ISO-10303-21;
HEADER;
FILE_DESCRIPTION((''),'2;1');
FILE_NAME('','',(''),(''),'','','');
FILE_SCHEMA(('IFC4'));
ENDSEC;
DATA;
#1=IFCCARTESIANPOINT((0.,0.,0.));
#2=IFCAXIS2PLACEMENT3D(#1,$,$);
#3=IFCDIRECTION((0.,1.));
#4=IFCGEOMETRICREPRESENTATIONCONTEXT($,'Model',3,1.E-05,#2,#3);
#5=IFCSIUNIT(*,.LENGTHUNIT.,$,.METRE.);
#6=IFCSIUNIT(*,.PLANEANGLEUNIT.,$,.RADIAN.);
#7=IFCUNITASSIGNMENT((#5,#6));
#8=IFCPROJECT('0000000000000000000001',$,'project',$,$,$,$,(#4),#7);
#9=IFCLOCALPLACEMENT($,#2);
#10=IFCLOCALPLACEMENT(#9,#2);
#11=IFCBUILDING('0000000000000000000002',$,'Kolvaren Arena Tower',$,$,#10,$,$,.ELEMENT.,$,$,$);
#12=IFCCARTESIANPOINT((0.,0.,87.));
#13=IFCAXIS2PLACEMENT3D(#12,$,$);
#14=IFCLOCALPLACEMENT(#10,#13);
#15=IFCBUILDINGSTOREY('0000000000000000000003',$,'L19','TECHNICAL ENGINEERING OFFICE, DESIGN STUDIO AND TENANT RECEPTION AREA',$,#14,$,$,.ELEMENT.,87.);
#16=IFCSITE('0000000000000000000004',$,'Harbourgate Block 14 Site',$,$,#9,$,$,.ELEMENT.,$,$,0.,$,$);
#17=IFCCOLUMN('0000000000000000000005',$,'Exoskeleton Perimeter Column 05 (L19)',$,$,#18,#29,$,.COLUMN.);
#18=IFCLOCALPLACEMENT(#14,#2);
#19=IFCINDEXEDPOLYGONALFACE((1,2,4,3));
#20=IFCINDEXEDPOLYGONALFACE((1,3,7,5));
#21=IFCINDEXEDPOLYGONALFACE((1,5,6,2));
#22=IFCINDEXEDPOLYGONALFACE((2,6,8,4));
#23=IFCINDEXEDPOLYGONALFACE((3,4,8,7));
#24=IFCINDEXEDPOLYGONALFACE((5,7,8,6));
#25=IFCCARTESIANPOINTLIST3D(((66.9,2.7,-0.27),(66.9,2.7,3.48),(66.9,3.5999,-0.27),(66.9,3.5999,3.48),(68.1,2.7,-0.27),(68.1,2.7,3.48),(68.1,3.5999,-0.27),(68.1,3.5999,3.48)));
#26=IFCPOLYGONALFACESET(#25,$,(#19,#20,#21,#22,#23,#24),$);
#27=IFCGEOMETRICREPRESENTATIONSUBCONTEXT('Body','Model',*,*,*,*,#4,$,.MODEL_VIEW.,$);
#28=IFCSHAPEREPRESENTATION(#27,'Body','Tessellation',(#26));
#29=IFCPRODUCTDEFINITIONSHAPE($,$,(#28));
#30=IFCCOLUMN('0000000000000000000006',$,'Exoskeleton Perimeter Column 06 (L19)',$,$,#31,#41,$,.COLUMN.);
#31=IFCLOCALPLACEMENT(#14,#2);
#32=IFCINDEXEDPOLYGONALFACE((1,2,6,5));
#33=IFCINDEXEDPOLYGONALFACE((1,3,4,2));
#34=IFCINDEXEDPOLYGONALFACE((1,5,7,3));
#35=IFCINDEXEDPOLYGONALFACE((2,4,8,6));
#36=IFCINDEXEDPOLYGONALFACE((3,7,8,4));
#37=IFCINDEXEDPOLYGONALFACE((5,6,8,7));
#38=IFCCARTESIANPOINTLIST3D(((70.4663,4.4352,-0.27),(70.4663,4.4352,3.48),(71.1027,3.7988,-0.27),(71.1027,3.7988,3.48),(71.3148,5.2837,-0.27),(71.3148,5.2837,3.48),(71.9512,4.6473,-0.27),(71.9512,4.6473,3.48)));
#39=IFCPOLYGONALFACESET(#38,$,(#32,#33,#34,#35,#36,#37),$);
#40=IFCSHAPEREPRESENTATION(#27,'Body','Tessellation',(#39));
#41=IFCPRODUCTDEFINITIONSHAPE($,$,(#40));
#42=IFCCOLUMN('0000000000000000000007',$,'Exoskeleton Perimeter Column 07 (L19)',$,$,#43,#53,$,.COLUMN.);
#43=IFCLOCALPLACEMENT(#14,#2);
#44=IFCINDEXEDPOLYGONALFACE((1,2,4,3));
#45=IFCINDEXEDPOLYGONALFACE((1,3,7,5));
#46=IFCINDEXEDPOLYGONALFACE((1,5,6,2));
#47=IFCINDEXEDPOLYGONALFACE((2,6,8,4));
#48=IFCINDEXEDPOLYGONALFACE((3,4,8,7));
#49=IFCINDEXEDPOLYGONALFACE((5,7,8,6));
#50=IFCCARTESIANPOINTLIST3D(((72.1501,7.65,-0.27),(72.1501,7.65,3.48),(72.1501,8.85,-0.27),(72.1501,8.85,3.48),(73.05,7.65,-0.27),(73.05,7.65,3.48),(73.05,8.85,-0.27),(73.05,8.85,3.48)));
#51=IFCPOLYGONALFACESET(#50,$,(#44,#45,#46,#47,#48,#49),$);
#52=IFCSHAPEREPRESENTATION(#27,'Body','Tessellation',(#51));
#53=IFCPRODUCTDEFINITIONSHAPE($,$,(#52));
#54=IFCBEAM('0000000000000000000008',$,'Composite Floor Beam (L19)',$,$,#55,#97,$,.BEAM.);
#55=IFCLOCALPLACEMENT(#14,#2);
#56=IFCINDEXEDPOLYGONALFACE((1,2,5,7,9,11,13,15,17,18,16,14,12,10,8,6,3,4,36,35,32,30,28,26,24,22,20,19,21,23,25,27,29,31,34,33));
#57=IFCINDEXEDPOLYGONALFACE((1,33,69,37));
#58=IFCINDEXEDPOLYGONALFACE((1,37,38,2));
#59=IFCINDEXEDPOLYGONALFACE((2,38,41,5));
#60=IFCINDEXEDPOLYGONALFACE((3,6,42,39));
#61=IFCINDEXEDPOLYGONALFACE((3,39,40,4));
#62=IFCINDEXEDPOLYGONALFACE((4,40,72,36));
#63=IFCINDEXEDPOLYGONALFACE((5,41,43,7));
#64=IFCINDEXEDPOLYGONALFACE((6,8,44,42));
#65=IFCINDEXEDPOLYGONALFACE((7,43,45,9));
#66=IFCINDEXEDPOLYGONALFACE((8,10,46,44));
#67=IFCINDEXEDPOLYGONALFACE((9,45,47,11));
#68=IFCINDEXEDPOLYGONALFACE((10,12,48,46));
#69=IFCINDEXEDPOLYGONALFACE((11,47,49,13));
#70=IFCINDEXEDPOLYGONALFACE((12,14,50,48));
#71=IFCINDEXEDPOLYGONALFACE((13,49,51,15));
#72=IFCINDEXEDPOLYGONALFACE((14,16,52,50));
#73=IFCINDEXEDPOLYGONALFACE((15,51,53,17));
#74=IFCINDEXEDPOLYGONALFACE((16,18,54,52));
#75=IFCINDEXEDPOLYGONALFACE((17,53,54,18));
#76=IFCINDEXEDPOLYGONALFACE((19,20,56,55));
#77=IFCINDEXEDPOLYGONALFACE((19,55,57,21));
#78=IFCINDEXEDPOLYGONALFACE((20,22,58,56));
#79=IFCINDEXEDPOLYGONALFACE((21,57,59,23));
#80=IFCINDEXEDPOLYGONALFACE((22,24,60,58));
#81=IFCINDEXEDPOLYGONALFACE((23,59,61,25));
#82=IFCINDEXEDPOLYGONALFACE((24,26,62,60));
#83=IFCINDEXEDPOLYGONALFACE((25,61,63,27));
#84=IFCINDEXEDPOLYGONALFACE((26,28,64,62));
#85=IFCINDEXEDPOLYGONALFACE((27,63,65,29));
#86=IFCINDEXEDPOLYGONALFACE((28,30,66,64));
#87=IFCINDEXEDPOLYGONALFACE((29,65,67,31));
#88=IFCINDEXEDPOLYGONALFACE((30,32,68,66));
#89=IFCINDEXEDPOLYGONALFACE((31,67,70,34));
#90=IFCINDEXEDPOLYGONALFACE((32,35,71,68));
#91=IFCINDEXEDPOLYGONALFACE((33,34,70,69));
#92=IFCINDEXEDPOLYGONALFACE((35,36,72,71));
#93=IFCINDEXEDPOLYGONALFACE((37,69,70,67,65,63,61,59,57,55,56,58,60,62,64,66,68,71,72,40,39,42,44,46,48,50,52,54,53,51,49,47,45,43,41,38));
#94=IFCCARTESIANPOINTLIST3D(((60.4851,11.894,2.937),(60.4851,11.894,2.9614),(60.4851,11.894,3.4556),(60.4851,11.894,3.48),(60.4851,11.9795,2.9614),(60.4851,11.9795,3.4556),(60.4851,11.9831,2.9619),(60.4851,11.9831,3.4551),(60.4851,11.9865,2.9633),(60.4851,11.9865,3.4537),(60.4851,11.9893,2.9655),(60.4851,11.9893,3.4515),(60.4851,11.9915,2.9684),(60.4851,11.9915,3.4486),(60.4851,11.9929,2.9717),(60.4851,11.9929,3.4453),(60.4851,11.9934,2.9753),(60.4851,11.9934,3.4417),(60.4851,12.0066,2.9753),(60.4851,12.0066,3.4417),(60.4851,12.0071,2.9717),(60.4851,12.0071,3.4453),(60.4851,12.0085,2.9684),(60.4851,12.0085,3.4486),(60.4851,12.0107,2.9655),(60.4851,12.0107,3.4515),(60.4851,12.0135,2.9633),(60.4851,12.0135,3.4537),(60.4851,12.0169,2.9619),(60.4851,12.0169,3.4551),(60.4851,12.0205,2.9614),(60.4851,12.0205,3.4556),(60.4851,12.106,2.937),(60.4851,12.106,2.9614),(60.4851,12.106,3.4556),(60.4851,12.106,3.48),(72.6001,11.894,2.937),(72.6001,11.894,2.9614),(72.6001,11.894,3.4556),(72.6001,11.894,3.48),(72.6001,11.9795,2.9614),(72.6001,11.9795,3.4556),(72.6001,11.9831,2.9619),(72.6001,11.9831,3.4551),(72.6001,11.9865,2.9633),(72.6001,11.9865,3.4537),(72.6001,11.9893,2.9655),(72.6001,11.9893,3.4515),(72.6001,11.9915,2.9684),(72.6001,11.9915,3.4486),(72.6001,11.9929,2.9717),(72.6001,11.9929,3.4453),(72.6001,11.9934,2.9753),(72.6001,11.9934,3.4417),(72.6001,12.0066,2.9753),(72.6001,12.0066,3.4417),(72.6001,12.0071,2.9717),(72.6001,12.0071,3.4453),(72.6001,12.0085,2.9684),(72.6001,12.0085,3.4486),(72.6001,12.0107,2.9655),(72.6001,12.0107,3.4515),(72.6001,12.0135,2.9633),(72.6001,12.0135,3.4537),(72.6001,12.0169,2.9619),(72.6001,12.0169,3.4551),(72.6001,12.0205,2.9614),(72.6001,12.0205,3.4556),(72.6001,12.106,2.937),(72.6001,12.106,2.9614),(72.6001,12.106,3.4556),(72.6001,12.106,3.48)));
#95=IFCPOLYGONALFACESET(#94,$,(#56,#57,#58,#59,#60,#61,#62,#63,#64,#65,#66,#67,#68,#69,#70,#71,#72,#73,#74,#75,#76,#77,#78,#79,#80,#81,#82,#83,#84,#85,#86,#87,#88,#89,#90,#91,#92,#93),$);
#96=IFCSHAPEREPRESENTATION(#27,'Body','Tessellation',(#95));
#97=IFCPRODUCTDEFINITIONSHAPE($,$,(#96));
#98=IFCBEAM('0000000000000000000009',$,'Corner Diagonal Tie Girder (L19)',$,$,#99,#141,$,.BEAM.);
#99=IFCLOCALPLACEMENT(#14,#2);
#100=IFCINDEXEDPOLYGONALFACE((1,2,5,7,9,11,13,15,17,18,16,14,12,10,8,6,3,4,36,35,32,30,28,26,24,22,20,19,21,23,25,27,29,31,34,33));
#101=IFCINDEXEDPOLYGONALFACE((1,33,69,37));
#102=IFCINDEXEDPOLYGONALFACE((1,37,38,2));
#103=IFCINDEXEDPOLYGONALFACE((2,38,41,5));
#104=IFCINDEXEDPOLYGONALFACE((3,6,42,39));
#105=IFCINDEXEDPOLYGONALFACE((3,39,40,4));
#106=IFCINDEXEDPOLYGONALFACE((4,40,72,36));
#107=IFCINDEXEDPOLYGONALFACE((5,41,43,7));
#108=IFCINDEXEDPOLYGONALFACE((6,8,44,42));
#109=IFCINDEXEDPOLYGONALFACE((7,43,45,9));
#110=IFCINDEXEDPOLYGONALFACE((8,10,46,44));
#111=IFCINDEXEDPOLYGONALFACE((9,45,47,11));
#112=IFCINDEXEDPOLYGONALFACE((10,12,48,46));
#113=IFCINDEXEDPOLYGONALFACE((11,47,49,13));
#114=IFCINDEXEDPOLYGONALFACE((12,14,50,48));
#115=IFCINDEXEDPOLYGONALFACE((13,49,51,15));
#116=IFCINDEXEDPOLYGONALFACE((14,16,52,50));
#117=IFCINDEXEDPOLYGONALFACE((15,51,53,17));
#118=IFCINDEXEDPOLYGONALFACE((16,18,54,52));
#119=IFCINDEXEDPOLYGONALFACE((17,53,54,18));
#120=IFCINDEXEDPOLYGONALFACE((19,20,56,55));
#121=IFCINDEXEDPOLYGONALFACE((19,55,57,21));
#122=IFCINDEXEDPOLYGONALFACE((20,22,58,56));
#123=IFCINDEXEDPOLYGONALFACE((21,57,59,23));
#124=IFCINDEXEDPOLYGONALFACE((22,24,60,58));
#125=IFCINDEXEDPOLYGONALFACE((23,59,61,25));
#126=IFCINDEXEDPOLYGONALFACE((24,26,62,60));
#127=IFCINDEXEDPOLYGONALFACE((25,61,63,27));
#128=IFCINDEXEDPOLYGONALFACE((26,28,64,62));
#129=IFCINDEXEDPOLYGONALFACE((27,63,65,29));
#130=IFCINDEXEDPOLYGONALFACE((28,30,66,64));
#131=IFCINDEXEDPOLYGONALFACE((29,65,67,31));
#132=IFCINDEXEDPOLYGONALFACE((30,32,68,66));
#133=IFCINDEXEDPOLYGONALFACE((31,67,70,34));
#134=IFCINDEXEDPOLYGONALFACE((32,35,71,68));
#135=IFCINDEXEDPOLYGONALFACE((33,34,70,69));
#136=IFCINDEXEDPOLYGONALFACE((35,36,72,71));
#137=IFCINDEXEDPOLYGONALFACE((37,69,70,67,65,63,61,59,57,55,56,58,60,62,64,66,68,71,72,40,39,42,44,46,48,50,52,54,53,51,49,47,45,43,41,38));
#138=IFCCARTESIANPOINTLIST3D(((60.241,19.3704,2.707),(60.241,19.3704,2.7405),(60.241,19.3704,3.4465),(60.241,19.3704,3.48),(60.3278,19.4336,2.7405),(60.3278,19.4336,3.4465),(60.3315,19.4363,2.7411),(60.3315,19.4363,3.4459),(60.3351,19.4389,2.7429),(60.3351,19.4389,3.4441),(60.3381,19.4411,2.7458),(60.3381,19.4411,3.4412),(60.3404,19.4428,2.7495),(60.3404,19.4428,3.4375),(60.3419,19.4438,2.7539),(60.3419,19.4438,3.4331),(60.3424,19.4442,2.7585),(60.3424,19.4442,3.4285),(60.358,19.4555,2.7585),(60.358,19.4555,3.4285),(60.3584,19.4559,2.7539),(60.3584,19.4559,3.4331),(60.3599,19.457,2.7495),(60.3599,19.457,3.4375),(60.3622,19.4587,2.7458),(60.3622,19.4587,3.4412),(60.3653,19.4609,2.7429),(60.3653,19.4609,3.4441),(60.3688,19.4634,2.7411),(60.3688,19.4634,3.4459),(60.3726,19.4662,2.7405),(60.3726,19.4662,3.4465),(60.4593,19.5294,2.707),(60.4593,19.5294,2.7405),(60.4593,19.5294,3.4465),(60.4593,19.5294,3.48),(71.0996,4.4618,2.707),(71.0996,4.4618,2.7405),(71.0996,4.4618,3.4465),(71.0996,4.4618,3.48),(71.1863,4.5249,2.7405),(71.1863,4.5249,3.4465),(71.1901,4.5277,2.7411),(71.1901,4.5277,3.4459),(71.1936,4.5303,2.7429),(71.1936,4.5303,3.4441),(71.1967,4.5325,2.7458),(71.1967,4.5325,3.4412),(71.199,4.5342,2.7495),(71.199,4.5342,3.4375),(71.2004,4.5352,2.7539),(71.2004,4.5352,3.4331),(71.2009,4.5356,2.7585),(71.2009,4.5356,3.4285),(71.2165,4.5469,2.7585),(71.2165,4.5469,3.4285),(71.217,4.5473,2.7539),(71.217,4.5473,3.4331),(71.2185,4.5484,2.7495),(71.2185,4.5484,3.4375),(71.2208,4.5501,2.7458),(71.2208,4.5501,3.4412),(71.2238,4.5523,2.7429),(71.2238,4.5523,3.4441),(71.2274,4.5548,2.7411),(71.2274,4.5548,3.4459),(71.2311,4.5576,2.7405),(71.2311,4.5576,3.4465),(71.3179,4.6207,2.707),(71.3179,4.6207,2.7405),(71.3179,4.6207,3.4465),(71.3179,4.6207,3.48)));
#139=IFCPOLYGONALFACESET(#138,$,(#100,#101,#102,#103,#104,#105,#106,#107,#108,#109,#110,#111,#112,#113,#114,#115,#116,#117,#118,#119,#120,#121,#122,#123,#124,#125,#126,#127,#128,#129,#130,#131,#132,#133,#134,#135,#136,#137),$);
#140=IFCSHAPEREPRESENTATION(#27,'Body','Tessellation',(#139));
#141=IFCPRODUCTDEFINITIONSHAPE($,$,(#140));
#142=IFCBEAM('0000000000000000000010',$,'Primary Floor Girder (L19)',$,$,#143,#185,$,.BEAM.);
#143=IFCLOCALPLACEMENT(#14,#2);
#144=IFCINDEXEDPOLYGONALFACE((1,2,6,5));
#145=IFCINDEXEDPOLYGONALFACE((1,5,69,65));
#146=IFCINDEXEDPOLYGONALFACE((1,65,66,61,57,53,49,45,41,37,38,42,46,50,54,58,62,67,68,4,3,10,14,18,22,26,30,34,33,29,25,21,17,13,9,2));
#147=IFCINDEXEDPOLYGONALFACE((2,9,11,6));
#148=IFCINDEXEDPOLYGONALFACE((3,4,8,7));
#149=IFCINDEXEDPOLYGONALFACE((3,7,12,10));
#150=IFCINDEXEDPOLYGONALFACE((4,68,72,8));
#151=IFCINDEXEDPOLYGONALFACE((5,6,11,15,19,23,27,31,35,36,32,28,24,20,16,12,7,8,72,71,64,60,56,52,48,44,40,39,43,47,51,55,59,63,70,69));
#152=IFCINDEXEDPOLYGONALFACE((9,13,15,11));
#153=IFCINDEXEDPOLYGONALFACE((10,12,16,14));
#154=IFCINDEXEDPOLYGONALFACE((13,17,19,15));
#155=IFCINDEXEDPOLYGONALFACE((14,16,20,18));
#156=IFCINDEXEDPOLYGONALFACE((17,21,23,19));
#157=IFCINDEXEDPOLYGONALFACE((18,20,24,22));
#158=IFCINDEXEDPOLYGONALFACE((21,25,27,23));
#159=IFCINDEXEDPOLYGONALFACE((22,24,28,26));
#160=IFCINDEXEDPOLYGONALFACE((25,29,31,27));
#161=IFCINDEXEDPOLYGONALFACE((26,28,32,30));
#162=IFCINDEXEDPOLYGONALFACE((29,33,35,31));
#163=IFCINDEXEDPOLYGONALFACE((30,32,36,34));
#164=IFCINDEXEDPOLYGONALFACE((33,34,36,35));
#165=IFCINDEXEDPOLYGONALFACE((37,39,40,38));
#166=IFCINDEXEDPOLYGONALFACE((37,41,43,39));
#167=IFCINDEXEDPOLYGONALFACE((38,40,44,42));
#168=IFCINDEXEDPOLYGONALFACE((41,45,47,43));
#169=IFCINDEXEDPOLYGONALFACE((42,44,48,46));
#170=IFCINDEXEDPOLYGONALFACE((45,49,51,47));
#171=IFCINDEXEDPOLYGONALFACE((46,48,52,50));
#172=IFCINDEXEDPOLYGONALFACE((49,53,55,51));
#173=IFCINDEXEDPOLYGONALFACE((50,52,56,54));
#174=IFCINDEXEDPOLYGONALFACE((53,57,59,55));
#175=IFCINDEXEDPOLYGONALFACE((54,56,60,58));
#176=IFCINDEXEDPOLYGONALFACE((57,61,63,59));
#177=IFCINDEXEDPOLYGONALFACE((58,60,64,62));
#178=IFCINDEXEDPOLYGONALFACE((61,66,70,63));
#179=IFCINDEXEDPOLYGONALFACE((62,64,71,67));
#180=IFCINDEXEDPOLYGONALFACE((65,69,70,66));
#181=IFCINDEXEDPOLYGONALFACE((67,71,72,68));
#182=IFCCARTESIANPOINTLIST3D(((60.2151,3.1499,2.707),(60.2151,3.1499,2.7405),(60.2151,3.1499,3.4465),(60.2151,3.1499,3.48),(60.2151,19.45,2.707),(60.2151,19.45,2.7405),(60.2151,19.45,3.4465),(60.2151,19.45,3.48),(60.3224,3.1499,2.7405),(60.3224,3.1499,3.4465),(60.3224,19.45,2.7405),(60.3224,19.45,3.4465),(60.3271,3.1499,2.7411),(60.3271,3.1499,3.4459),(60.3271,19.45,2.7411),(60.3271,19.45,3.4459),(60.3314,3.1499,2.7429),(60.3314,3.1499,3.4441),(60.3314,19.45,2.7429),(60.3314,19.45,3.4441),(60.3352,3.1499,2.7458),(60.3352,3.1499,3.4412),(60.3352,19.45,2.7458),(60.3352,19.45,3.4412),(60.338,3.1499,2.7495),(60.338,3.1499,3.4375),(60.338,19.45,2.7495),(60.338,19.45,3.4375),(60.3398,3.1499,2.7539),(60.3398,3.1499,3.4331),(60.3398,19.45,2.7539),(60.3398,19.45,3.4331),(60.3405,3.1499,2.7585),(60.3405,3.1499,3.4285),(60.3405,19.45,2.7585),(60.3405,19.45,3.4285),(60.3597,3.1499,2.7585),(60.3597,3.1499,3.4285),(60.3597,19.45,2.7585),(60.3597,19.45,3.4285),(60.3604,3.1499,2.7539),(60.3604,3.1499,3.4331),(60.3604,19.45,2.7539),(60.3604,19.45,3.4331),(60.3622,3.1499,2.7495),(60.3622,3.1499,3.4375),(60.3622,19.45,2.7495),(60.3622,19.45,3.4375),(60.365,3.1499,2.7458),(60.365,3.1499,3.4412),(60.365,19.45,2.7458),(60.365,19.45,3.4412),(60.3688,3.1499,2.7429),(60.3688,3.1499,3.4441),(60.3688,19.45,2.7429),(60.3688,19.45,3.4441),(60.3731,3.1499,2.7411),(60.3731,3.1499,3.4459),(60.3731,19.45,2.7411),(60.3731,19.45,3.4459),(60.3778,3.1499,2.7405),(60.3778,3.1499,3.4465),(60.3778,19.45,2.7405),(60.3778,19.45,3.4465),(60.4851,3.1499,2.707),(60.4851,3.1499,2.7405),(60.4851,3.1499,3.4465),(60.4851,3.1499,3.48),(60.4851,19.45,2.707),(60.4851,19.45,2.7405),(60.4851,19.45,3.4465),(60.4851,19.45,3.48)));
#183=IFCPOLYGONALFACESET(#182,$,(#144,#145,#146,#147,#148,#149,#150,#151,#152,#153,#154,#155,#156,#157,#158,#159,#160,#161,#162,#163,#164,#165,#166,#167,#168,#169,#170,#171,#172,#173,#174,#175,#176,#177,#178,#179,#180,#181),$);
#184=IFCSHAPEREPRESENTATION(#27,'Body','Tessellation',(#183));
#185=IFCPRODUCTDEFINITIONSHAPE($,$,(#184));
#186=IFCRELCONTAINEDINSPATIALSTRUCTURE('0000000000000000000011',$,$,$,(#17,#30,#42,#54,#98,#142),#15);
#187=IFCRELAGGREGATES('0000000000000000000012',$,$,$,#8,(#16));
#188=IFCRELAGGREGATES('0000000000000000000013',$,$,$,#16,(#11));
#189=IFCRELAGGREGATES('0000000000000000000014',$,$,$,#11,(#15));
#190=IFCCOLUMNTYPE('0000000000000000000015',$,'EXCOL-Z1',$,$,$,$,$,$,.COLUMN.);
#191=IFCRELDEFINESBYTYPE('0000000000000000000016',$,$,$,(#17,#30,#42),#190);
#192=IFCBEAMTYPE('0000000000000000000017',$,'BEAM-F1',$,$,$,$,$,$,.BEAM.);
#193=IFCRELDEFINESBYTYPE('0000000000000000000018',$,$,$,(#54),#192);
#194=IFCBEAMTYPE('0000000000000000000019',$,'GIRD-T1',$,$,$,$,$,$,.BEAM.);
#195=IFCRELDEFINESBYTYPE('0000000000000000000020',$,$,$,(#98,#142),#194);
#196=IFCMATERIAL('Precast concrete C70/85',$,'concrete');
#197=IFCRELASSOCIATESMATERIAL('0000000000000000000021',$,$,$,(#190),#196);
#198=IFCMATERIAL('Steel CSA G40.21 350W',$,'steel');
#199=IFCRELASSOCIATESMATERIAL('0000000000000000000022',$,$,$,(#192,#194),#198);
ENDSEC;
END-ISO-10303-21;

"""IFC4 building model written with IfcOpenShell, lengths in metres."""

from ifc_helpers import new_model, si_unit, direction, frame, origin, origin_2d, place, context, subcontext, project, spatial, rectangle, i_section, extrude, material, material_profile, profile_set, type_object, element, save


model = new_model("IFC4")

# Units and contexts
model_context = context("Model", 3, precision=1e-05, world=origin(), true_north=direction((0.0, 1.0)))
body_context = subcontext(model_context, "Body", "Model", "MODEL_VIEW")
ifc_project = project(units=[si_unit("LENGTHUNIT", "METRE"), si_unit("PLANEANGLEUNIT", "RADIAN")], contexts=[model_context])

# Site, building, storey
site_placement = place(None, origin())
site = spatial("IfcSite", under=ifc_project, at=site_placement, Name="Harbourgate Block 14 Site", CompositionType="ELEMENT", RefElevation=0.0)
building_placement = place(site_placement, origin())
building = spatial("IfcBuilding", under=site, at=building_placement, Name="Kolvaren Arena Tower", CompositionType="ELEMENT")
storey_placement = place(building_placement, frame((0.0, 0.0, 87.0)))
storey = spatial("IfcBuildingStorey", under=building, at=storey_placement, Name="L19", Description="TECHNICAL ENGINEERING OFFICE, DESIGN STUDIO AND TENANT RECEPTION AREA", CompositionType="ELEMENT", Elevation=87.0)

# Columns
ifc_material_1 = material(Name="Precast concrete C70/85", Category="concrete")
ifc_material_profile_1 = material_profile(ifc_material_1, rectangle(XDim=1.2, YDim=0.8999, at=origin_2d()), Name="RC-1200x900")
ifc_profile_set_1 = profile_set([ifc_material_profile_1], Name="Precast concrete C70/85")
column_type = type_object("IfcColumnType", Name="EXCOL-Z1", PredefinedType="COLUMN", material=ifc_profile_set_1)
for number, where, z_axis, x_axis, name in (
    (1, (67.5, 3.1499, -0.27), (0.0, 0.0, 1.0), (1.0, 0.0, 0.0), "Exoskeleton Perimeter Column 05 (L19)"),
    (2, (71.2087, 4.5413, -0.27), (0.0, 0.0, 1.0), (0.707107, 0.707107, 0.0), "Exoskeleton Perimeter Column 06 (L19)"),
    (3, (72.6001, 8.25, -0.27), (0.0, 0.0, 1.0), (0.0, 1.0, 0.0), "Exoskeleton Perimeter Column 07 (L19)"),
):
    element("IfcColumn", number, at=place(storey_placement, frame(where, z_axis=z_axis, x_axis=x_axis)), inside=storey, type_object=column_type, Name=name, PredefinedType="COLUMN", context=body_context, shape_type="SweptSolid", body=[
        extrude(rectangle(XDim=1.2, YDim=0.8999, at=origin_2d()), origin(), (0.0, 0.0, 1.0), 3.75),
    ])

# Beams
ifc_material_2 = material(Name="Steel CSA G40.21 350W", Category="steel")
ifc_material_profile_2 = material_profile(ifc_material_2, i_section(OverallWidth=0.2119, OverallDepth=0.543, WebThickness=0.0132, FlangeThickness=0.0244, FilletRadius=0.0139, at=origin_2d()), Name="W530x150")
ifc_profile_set_2 = profile_set([ifc_material_profile_2], Name="Steel CSA G40.21 350W")
beam_type_1 = type_object("IfcBeamType", Name="BEAM-F1", PredefinedType="BEAM", material=ifc_profile_set_2)
beam_1_placement = place(storey_placement, frame((60.4851, 12.0, 3.2085), z_axis=(1.0, 0.0, 0.0), x_axis=(0.0, 1.0, 0.0)))
element("IfcBeam", 4, at=beam_1_placement, inside=storey, type_object=beam_type_1, Name="Composite Floor Beam (L19)", PredefinedType="BEAM", context=body_context, shape_type="SweptSolid", body=[
    extrude(i_section(OverallWidth=0.2119, OverallDepth=0.543, WebThickness=0.0132, FlangeThickness=0.0244, FilletRadius=0.0139, at=origin_2d()), origin(), (0.0, 0.0, 1.0), 12.115),
])
ifc_material_profile_3 = material_profile(ifc_material_2, i_section(OverallWidth=0.27, OverallDepth=0.7729, WebThickness=0.0193, FlangeThickness=0.0334, FilletRadius=0.0181, at=origin_2d()), Name="W760x257")
ifc_profile_set_3 = profile_set([ifc_material_profile_3], Name="Steel CSA G40.21 350W")
beam_type_2 = type_object("IfcBeamType", Name="GIRD-T1", PredefinedType="BEAM", material=ifc_profile_set_3)
beam_2_placement = place(storey_placement, frame((71.2087, 4.5413, 3.0935), z_axis=(-0.588737, 0.808324, 0.0), x_axis=(-0.808324, -0.588737, 0.0)))
element("IfcBeam", 5, at=beam_2_placement, inside=storey, type_object=beam_type_2, Name="Corner Diagonal Tie Girder (L19)", PredefinedType="BEAM", context=body_context, shape_type="SweptSolid", body=[
    extrude(i_section(OverallWidth=0.27, OverallDepth=0.7729, WebThickness=0.0193, FlangeThickness=0.0334, FilletRadius=0.0181, at=origin_2d()), origin(), (0.0, 0.0, 1.0), 18.4438),
])
beam_3_placement = place(storey_placement, frame((60.3501, 3.1499, 3.0935), z_axis=(0.0, 1.0, 0.0), x_axis=(-1.0, 0.0, 0.0)))
element("IfcBeam", 6, at=beam_3_placement, inside=storey, type_object=beam_type_2, Name="Primary Floor Girder (L19)", PredefinedType="BEAM", context=body_context, shape_type="SweptSolid", body=[
    extrude(i_section(OverallWidth=0.27, OverallDepth=0.7729, WebThickness=0.0193, FlangeThickness=0.0334, FilletRadius=0.0181, at=origin_2d()), origin(), (0.0, 0.0, 1.0), 16.3),
])

save(model, "model.ifc")
